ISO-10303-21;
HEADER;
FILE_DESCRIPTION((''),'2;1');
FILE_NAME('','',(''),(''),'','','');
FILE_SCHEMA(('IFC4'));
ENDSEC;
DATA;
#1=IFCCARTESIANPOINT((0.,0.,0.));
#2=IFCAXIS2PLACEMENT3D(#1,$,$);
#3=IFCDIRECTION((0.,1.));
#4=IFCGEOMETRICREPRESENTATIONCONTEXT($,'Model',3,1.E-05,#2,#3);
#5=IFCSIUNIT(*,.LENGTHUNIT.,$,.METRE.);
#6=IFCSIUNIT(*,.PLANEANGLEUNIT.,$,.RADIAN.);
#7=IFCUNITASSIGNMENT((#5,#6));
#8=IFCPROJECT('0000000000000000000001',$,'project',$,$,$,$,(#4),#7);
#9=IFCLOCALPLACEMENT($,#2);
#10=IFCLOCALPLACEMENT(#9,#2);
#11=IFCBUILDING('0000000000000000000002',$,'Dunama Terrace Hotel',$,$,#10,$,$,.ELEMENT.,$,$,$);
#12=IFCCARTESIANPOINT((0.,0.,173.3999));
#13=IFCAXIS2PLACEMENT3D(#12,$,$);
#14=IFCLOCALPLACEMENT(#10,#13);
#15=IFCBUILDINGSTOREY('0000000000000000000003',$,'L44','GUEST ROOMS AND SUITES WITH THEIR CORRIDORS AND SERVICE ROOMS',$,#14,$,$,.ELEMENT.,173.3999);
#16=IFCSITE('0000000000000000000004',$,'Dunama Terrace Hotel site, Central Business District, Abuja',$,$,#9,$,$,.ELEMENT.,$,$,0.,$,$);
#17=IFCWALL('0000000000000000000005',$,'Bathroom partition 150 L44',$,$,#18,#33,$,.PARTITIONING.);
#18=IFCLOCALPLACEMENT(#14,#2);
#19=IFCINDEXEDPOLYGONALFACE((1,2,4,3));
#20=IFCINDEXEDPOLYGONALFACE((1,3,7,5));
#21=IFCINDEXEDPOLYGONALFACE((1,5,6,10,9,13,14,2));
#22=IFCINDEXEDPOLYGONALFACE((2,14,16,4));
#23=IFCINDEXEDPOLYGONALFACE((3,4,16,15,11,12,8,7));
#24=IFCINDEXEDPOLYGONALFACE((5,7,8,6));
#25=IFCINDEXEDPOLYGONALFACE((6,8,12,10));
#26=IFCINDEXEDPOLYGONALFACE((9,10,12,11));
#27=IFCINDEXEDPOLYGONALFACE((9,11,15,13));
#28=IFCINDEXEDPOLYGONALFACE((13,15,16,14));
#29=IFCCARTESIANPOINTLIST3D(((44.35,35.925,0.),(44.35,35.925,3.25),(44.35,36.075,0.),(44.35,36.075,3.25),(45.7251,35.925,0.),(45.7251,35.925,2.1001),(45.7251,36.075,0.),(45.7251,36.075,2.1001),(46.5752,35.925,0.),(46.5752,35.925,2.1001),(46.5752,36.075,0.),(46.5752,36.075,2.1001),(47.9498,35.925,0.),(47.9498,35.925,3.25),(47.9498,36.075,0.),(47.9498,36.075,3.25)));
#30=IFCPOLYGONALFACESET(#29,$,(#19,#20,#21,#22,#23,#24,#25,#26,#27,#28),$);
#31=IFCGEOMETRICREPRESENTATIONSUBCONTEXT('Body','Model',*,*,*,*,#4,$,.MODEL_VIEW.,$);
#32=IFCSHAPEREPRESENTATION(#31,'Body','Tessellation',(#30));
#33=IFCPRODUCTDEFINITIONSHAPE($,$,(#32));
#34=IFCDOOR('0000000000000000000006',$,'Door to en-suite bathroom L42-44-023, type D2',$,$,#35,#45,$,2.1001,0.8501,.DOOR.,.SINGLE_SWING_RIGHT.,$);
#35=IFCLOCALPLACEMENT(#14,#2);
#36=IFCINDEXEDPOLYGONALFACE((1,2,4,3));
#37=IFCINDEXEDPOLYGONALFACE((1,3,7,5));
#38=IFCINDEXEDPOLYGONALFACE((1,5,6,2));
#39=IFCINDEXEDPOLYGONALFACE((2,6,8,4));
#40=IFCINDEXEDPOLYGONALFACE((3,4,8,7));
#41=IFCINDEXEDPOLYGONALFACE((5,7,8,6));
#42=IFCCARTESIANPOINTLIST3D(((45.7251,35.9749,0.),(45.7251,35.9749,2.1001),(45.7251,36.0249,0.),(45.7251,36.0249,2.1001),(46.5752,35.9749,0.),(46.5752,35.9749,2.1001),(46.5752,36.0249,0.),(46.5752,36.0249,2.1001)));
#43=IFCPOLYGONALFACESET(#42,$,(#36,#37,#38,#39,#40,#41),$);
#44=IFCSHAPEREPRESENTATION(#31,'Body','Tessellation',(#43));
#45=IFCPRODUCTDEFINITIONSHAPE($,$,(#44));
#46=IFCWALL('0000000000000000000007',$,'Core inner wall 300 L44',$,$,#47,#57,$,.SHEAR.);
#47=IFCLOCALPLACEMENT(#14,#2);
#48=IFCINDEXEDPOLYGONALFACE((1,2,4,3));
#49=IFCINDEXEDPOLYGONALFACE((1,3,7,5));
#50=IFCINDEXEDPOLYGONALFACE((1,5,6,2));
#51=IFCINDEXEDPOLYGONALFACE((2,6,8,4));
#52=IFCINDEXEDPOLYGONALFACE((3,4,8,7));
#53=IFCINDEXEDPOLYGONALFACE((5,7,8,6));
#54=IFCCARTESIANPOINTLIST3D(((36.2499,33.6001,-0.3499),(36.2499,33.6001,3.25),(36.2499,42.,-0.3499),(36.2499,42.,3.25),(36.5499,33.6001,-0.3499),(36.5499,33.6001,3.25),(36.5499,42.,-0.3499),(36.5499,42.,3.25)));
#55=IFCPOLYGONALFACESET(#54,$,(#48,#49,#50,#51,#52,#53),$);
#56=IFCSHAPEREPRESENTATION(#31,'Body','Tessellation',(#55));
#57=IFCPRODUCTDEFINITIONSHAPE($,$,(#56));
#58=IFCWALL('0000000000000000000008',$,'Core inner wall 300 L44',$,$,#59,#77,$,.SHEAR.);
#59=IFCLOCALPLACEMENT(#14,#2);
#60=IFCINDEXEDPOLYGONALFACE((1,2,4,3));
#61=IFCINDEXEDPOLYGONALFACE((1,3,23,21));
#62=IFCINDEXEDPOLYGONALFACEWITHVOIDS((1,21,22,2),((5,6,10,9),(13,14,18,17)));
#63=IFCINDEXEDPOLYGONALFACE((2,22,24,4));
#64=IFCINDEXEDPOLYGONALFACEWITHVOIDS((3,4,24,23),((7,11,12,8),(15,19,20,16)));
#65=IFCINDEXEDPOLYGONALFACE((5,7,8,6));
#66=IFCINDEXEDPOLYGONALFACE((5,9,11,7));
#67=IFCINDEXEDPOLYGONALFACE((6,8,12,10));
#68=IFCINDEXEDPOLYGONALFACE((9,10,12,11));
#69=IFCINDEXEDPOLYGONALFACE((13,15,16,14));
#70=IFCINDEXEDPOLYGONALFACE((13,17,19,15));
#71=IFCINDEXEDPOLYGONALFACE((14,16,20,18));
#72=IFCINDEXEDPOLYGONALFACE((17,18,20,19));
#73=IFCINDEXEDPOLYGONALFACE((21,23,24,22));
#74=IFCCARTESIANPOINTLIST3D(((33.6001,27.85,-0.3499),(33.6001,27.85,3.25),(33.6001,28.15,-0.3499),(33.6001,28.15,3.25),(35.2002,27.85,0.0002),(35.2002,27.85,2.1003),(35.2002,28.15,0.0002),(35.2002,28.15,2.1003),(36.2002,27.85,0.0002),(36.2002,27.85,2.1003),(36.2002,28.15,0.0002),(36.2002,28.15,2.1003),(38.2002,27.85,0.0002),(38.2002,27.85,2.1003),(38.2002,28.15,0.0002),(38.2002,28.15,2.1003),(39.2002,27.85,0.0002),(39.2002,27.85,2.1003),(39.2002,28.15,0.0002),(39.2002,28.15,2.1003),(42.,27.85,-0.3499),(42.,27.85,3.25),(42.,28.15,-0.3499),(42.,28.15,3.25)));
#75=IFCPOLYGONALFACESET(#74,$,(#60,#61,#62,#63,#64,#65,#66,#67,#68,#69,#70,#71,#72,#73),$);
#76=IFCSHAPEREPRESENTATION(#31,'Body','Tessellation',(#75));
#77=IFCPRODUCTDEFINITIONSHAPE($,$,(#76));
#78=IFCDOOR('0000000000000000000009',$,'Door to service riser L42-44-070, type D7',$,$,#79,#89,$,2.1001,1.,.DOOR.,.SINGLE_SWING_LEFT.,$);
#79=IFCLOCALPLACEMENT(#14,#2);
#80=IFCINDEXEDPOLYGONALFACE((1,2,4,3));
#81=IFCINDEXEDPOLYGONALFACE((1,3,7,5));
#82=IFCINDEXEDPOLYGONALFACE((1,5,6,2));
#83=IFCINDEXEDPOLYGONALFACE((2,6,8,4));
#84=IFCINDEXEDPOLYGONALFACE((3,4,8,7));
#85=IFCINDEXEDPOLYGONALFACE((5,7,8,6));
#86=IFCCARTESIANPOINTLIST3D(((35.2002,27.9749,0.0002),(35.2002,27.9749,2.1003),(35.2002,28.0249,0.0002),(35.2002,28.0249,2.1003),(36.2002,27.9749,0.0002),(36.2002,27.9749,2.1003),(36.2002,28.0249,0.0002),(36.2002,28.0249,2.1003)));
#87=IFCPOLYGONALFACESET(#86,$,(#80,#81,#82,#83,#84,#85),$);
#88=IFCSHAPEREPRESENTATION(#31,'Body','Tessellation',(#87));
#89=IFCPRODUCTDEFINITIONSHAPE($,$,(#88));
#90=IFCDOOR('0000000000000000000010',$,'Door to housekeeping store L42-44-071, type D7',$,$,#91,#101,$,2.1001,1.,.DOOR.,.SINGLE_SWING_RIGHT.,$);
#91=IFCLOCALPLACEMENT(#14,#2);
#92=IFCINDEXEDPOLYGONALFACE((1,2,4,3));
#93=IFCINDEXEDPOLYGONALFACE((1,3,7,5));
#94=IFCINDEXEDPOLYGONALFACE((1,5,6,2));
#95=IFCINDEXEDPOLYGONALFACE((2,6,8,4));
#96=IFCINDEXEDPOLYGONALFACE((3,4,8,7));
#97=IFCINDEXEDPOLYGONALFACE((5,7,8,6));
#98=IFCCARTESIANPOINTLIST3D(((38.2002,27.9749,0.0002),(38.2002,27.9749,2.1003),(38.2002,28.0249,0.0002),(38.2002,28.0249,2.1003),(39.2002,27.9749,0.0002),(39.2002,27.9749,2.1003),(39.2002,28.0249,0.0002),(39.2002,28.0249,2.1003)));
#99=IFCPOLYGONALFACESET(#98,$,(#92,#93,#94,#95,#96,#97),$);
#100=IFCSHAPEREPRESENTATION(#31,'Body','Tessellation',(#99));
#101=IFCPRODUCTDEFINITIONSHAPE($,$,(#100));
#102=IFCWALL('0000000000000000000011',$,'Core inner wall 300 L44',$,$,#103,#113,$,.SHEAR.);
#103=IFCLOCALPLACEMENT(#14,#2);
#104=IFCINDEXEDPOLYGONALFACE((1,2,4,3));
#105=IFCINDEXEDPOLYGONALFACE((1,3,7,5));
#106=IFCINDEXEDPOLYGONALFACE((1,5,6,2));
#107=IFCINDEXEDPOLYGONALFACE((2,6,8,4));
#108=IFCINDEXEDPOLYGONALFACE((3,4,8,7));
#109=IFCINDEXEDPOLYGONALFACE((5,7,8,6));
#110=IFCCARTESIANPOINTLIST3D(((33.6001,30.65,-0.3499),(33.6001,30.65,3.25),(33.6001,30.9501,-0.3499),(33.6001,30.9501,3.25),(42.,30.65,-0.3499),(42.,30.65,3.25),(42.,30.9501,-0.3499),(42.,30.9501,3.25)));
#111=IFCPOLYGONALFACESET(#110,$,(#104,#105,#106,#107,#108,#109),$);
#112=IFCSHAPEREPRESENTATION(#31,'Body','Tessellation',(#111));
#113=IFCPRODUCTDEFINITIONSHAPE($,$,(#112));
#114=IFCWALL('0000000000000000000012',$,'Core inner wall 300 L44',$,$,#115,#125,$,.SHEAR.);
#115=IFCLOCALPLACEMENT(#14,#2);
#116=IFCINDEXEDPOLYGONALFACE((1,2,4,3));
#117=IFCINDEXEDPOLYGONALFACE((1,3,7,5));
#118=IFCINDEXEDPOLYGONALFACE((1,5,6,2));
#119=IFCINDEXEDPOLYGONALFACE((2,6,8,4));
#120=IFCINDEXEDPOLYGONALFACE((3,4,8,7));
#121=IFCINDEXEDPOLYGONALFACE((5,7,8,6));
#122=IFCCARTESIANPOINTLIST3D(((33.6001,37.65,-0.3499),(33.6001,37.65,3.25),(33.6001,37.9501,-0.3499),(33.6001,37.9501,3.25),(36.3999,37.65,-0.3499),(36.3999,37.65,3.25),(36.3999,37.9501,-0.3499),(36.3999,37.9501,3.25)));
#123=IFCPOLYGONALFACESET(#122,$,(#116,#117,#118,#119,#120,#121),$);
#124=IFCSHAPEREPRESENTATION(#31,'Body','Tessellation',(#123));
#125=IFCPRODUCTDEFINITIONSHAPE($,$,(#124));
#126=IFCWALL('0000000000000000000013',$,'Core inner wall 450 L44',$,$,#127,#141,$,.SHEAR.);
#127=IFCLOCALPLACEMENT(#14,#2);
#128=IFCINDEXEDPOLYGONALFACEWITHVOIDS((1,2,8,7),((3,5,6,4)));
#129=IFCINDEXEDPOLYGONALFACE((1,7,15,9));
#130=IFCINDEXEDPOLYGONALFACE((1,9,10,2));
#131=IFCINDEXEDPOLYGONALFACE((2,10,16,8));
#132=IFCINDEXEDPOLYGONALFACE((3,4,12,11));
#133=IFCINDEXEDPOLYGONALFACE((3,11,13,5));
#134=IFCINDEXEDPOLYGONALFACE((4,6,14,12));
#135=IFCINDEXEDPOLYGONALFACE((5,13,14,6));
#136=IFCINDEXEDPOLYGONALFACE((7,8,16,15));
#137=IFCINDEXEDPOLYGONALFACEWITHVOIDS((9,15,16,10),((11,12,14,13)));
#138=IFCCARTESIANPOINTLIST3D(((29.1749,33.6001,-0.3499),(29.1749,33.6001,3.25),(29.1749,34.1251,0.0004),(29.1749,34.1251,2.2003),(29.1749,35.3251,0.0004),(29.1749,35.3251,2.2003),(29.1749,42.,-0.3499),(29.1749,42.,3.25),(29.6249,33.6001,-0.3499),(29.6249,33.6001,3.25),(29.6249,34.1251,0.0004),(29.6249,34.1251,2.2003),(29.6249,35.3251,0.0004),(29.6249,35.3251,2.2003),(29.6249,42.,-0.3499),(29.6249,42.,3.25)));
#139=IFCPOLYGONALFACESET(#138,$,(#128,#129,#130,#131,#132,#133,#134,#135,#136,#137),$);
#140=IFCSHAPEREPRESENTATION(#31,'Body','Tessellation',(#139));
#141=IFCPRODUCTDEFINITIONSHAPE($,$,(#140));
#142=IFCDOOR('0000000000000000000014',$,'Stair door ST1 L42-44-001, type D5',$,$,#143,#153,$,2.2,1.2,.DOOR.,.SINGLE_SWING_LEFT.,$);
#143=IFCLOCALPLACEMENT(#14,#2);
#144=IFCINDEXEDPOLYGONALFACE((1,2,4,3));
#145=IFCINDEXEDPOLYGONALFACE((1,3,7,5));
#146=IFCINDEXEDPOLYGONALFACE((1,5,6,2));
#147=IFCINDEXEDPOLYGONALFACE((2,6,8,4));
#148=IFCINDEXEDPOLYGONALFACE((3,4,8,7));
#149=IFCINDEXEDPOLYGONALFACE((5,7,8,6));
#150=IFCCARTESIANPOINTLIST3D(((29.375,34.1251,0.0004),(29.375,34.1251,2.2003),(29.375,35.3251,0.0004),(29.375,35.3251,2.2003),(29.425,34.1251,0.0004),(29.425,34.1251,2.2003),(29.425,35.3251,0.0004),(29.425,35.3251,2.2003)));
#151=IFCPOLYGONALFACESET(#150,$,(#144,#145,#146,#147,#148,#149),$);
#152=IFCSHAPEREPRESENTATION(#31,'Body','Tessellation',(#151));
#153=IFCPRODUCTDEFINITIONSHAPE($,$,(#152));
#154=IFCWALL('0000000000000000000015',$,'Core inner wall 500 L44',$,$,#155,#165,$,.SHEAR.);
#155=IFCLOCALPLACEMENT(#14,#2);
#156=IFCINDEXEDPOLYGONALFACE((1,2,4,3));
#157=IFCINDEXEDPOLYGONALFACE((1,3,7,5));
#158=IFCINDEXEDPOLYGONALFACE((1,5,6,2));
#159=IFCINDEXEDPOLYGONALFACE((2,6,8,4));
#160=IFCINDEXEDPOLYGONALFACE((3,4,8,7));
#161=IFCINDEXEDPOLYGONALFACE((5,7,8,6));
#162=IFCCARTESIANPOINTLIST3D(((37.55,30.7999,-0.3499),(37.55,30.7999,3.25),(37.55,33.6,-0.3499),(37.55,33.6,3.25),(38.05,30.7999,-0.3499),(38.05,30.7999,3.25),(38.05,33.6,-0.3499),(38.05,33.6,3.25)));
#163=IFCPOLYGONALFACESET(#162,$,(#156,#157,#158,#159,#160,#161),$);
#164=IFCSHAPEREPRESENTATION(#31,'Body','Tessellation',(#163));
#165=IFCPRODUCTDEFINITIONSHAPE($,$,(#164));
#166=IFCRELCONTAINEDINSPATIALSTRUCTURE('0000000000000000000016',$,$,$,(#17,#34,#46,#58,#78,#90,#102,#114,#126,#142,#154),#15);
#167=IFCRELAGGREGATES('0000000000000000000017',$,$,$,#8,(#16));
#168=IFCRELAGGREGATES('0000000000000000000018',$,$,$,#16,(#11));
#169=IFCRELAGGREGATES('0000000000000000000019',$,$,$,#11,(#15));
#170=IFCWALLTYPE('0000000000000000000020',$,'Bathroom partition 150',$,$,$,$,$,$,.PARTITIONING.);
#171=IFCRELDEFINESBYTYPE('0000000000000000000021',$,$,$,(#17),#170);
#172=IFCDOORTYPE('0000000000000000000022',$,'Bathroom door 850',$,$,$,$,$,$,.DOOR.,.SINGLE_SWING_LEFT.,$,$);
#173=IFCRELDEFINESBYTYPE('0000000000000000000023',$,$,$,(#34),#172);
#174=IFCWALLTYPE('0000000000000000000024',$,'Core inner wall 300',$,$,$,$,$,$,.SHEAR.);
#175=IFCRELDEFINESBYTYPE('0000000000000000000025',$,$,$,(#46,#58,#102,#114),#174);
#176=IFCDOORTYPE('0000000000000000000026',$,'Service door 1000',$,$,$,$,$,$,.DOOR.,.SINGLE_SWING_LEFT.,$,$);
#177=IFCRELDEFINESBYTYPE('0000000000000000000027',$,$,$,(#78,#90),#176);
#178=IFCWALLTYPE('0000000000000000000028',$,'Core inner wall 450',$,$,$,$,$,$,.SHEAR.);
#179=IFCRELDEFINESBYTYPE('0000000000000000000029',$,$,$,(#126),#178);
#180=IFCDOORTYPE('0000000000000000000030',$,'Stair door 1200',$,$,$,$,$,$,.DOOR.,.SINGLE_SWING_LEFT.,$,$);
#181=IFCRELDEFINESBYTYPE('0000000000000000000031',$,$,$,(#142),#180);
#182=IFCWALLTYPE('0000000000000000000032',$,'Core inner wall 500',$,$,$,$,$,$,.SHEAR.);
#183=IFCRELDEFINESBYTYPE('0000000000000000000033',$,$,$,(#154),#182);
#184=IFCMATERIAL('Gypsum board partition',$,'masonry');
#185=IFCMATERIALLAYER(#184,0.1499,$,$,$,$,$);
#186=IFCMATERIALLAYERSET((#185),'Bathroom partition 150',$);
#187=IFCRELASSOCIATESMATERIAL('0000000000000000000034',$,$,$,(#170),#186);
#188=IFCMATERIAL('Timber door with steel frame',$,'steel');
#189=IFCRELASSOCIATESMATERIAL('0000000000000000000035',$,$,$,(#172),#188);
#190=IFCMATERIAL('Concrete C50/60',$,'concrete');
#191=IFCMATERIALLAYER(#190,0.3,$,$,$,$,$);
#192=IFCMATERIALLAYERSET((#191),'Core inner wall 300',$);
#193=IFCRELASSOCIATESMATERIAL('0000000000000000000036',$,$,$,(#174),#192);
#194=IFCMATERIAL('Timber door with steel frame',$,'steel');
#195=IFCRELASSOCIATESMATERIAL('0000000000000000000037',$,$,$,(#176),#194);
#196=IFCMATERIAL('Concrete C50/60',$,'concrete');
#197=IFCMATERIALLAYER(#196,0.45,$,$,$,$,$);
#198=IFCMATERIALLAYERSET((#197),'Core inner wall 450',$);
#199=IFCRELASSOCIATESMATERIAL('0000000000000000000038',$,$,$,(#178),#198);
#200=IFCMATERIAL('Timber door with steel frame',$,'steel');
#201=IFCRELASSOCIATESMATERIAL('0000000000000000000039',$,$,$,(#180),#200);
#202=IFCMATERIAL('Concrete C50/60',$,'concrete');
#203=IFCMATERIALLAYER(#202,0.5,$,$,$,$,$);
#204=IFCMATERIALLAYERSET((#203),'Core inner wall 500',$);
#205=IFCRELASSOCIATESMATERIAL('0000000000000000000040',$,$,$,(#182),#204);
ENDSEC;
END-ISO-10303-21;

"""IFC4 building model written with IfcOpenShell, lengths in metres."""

from ifc_helpers import new_model, si_unit, direction, frame, frame_2d, origin, place, context, subcontext, project, spatial, rectangle, extrude, material, layer, layer_set, type_object, element, fill, save


model = new_model("IFC4")

# Units and contexts
model_context = context("Model", 3, precision=1e-05, world=origin(), true_north=direction((0.0, 1.0)))
body_context = subcontext(model_context, "Body", "Model", "MODEL_VIEW")
ifc_project = project(units=[si_unit("LENGTHUNIT", "METRE"), si_unit("PLANEANGLEUNIT", "RADIAN")], contexts=[model_context])

# Site, building, storey
site_placement = place(None, origin())
site = spatial("IfcSite", under=ifc_project, at=site_placement, Name="Dunama Terrace Hotel site, Central Business District, Abuja", CompositionType="ELEMENT", RefElevation=0.0)
building_placement = place(site_placement, origin())
building = spatial("IfcBuilding", under=site, at=building_placement, Name="Dunama Terrace Hotel", CompositionType="ELEMENT")
storey_placement = place(building_placement, frame((0.0, 0.0, 173.3999)))
storey = spatial("IfcBuildingStorey", under=building, at=storey_placement, Name="L44", Description="GUEST ROOMS AND SUITES WITH THEIR CORRIDORS AND SERVICE ROOMS", CompositionType="ELEMENT", Elevation=173.3999)

# Wall, opening, door
ifc_material_1 = material(Name="Gypsum board partition", Category="masonry")
ifc_layer_1 = layer(ifc_material_1, 0.1499)
ifc_layer_set_1 = layer_set([ifc_layer_1], Name="Bathroom partition 150")
wall_type_1 = type_object("IfcWallType", Name="Bathroom partition 150", PredefinedType="PARTITIONING", material=ifc_layer_set_1)
wall_1_placement = place(storey_placement, frame((44.3501, 36.0, 0.0), z_axis=(0.0, 0.0, 1.0), x_axis=(1.0, 0.0, 0.0)))
wall_1 = element("IfcWall", 1, at=wall_1_placement, inside=storey, type_object=wall_type_1, Name="Bathroom partition 150 L44", PredefinedType="PARTITIONING", context=body_context, shape_type="SweptSolid", body=[
    extrude(rectangle(XDim=3.5999, YDim=0.1499, at=frame_2d((1.7998, 0.0))), origin(), (0.0, 0.0, 1.0), 3.25),
])
opening_1_placement = place(wall_1_placement, frame((1.375, 0.0, 0.0)))
opening_1 = element("IfcOpeningElement", 2, at=opening_1_placement, cuts=wall_1, PredefinedType="OPENING", context=body_context, shape_type="SweptSolid", body=[
    extrude(rectangle(XDim=0.8501, YDim=2.1001, at=frame_2d((0.425, 1.05))), frame((0.0, 0.085, 0.0), z_axis=(0.0, -1.0, 0.0), x_axis=(1.0, 0.0, 0.0)), (0.0, 0.0, 1.0), 0.1699),
])
ifc_material_2 = material(Name="Timber door with steel frame", Category="steel")
door_type_1 = type_object("IfcDoorType", Name="Bathroom door 850", OperationType="SINGLE_SWING_LEFT", PredefinedType="DOOR", material=ifc_material_2)
door_1_placement = place(opening_1_placement, frame((0.8501, 0.0, 0.0), z_axis=(0.0, 0.0, 1.0), x_axis=(-1.0, 0.0, 0.0)))
door_1 = element("IfcDoor", 3, at=door_1_placement, inside=storey, type_object=door_type_1, Name="Door to en-suite bathroom L42-44-023, type D2", OperationType="SINGLE_SWING_RIGHT", OverallHeight=2.1001, OverallWidth=0.8501, PredefinedType="DOOR", context=body_context, shape_type="SweptSolid", body=[
    extrude(rectangle(XDim=0.8501, YDim=2.1001, at=frame_2d((0.425, 1.05))), frame((0.0, 0.0251, 0.0), z_axis=(0.0, -1.0, 0.0), x_axis=(1.0, 0.0, 0.0)), (0.0, 0.0, 1.0), 0.05),
])
fill(opening_1, door_1)

# Wall
ifc_material_3 = material(Name="Concrete C50/60", Category="concrete")
ifc_layer_2 = layer(ifc_material_3, 0.3)
ifc_layer_set_2 = layer_set([ifc_layer_2], Name="Core inner wall 300")
wall_type_2 = type_object("IfcWallType", Name="Core inner wall 300", PredefinedType="SHEAR", material=ifc_layer_set_2)
wall_2_placement = place(storey_placement, frame((36.3999, 33.6001, -0.3499), z_axis=(0.0, 0.0, 1.0), x_axis=(0.0, 1.0, 0.0)))
element("IfcWall", 4, at=wall_2_placement, inside=storey, type_object=wall_type_2, Name="Core inner wall 300 L44", PredefinedType="SHEAR", context=body_context, shape_type="SweptSolid", body=[
    extrude(rectangle(XDim=8.3999, YDim=0.3, at=frame_2d((4.2, 0.0))), origin(), (0.0, 0.0, 1.0), 3.5999),
])

# Wall, openings, doors
wall_3_placement = place(storey_placement, frame((33.6001, 28.0, -0.3499), z_axis=(0.0, 0.0, 1.0), x_axis=(1.0, 0.0, 0.0)))
wall_3 = element("IfcWall", 5, at=wall_3_placement, inside=storey, type_object=wall_type_2, Name="Core inner wall 300 L44", PredefinedType="SHEAR", context=body_context, shape_type="SweptSolid", body=[
    extrude(rectangle(XDim=8.3999, YDim=0.3, at=frame_2d((4.2, 0.0))), origin(), (0.0, 0.0, 1.0), 3.5999),
])
opening_2_placement = place(wall_3_placement, frame((1.6001, 0.0, 0.3501)))
opening_2 = element("IfcOpeningElement", 6, at=opening_2_placement, cuts=wall_3, PredefinedType="OPENING", context=body_context, shape_type="SweptSolid", body=[
    extrude(rectangle(XDim=1.0, YDim=2.1001, at=frame_2d((0.5, 1.05))), frame((0.0, 0.1599, 0.0), z_axis=(0.0, -1.0, 0.0), x_axis=(1.0, 0.0, 0.0)), (0.0, 0.0, 1.0), 0.3201),
])
opening_3_placement = place(wall_3_placement, frame((4.6001, 0.0, 0.3501)))
opening_3 = element("IfcOpeningElement", 7, at=opening_3_placement, cuts=wall_3, PredefinedType="OPENING", context=body_context, shape_type="SweptSolid", body=[
    extrude(rectangle(XDim=1.0, YDim=2.1001, at=frame_2d((0.5, 1.05))), frame((0.0, 0.1599, 0.0), z_axis=(0.0, -1.0, 0.0), x_axis=(1.0, 0.0, 0.0)), (0.0, 0.0, 1.0), 0.3201),
])
ifc_material_4 = material(Name="Timber door with steel frame", Category="steel")
door_type_2 = type_object("IfcDoorType", Name="Service door 1000", OperationType="SINGLE_SWING_LEFT", PredefinedType="DOOR", material=ifc_material_4)
door_2_placement = place(opening_2_placement, frame((1.0, 0.0, 0.0), z_axis=(0.0, 0.0, 1.0), x_axis=(-1.0, 0.0, 0.0)))
door_2 = element("IfcDoor", 8, at=door_2_placement, inside=storey, type_object=door_type_2, Name="Door to service riser L42-44-070, type D7", OperationType="SINGLE_SWING_LEFT", OverallHeight=2.1001, OverallWidth=1.0, PredefinedType="DOOR", context=body_context, shape_type="SweptSolid", body=[
    extrude(rectangle(XDim=1.0, YDim=2.1001, at=frame_2d((0.5, 1.05))), frame((0.0, 0.0251, 0.0), z_axis=(0.0, -1.0, 0.0), x_axis=(1.0, 0.0, 0.0)), (0.0, 0.0, 1.0), 0.05),
])
fill(opening_2, door_2)
door_3_placement = place(opening_3_placement, frame((1.0, 0.0, 0.0), z_axis=(0.0, 0.0, 1.0), x_axis=(-1.0, 0.0, 0.0)))
door_3 = element("IfcDoor", 9, at=door_3_placement, inside=storey, type_object=door_type_2, Name="Door to housekeeping store L42-44-071, type D7", OperationType="SINGLE_SWING_RIGHT", OverallHeight=2.1001, OverallWidth=1.0, PredefinedType="DOOR", context=body_context, shape_type="SweptSolid", body=[
    extrude(rectangle(XDim=1.0, YDim=2.1001, at=frame_2d((0.5, 1.05))), frame((0.0, 0.0251, 0.0), z_axis=(0.0, -1.0, 0.0), x_axis=(1.0, 0.0, 0.0)), (0.0, 0.0, 1.0), 0.05),
])
fill(opening_3, door_3)

# Walls
wall_4_placement = place(storey_placement, frame((33.6001, 30.8, -0.3499), z_axis=(0.0, 0.0, 1.0), x_axis=(1.0, 0.0, 0.0)))
element("IfcWall", 10, at=wall_4_placement, inside=storey, type_object=wall_type_2, Name="Core inner wall 300 L44", PredefinedType="SHEAR", context=body_context, shape_type="SweptSolid", body=[
    extrude(rectangle(XDim=8.3999, YDim=0.3, at=frame_2d((4.2, 0.0))), origin(), (0.0, 0.0, 1.0), 3.5999),
])
wall_5_placement = place(storey_placement, frame((33.6001, 37.8, -0.3499), z_axis=(0.0, 0.0, 1.0), x_axis=(1.0, 0.0, 0.0)))
element("IfcWall", 11, at=wall_5_placement, inside=storey, type_object=wall_type_2, Name="Core inner wall 300 L44", PredefinedType="SHEAR", context=body_context, shape_type="SweptSolid", body=[
    extrude(rectangle(XDim=2.7998, YDim=0.3, at=frame_2d((1.3999, 0.0))), origin(), (0.0, 0.0, 1.0), 3.5999),
])

# Wall, opening, door
ifc_material_5 = material(Name="Concrete C50/60", Category="concrete")
ifc_layer_3 = layer(ifc_material_5, 0.45)
ifc_layer_set_3 = layer_set([ifc_layer_3], Name="Core inner wall 450")
wall_type_3 = type_object("IfcWallType", Name="Core inner wall 450", PredefinedType="SHEAR", material=ifc_layer_set_3)
wall_6_placement = place(storey_placement, frame((29.3999, 33.6001, -0.3499), z_axis=(0.0, 0.0, 1.0), x_axis=(0.0, 1.0, 0.0)))
wall_6 = element("IfcWall", 12, at=wall_6_placement, inside=storey, type_object=wall_type_3, Name="Core inner wall 450 L44", PredefinedType="SHEAR", context=body_context, shape_type="SweptSolid", body=[
    extrude(rectangle(XDim=8.3999, YDim=0.45, at=frame_2d((4.2, 0.0))), origin(), (0.0, 0.0, 1.0), 3.5999),
])
opening_4_placement = place(wall_6_placement, frame((0.5249, 0.0, 0.3501)))
opening_4 = element("IfcOpeningElement", 13, at=opening_4_placement, cuts=wall_6, PredefinedType="OPENING", context=body_context, shape_type="SweptSolid", body=[
    extrude(rectangle(XDim=1.2, YDim=2.2, at=frame_2d((0.6001, 1.1001))), frame((0.0, 0.2349, 0.0), z_axis=(0.0, -1.0, 0.0), x_axis=(1.0, 0.0, 0.0)), (0.0, 0.0, 1.0), 0.47),
])
ifc_material_6 = material(Name="Timber door with steel frame", Category="steel")
door_type_3 = type_object("IfcDoorType", Name="Stair door 1200", OperationType="SINGLE_SWING_LEFT", PredefinedType="DOOR", material=ifc_material_6)
door_4_placement = place(opening_4_placement, origin())
door_4 = element("IfcDoor", 14, at=door_4_placement, inside=storey, type_object=door_type_3, Name="Stair door ST1 L42-44-001, type D5", OperationType="SINGLE_SWING_LEFT", OverallHeight=2.2, OverallWidth=1.2, PredefinedType="DOOR", context=body_context, shape_type="SweptSolid", body=[
    extrude(rectangle(XDim=1.2, YDim=2.2, at=frame_2d((0.6001, 1.1001))), frame((0.0, 0.0249, 0.0), z_axis=(0.0, -1.0, 0.0), x_axis=(1.0, 0.0, 0.0)), (0.0, 0.0, 1.0), 0.05),
])
fill(opening_4, door_4)

# Wall
ifc_material_7 = material(Name="Concrete C50/60", Category="concrete")
ifc_layer_4 = layer(ifc_material_7, 0.5)
ifc_layer_set_4 = layer_set([ifc_layer_4], Name="Core inner wall 500")
wall_type_4 = type_object("IfcWallType", Name="Core inner wall 500", PredefinedType="SHEAR", material=ifc_layer_set_4)
wall_7_placement = place(storey_placement, frame((37.8, 30.8, -0.3499), z_axis=(0.0, 0.0, 1.0), x_axis=(0.0, 1.0, 0.0)))
element("IfcWall", 15, at=wall_7_placement, inside=storey, type_object=wall_type_4, Name="Core inner wall 500 L44", PredefinedType="SHEAR", context=body_context, shape_type="SweptSolid", body=[
    extrude(rectangle(XDim=2.8, YDim=0.5, at=frame_2d((1.3999, 0.0))), origin(), (0.0, 0.0, 1.0), 3.5999),
])

save(model, "model.ifc")
